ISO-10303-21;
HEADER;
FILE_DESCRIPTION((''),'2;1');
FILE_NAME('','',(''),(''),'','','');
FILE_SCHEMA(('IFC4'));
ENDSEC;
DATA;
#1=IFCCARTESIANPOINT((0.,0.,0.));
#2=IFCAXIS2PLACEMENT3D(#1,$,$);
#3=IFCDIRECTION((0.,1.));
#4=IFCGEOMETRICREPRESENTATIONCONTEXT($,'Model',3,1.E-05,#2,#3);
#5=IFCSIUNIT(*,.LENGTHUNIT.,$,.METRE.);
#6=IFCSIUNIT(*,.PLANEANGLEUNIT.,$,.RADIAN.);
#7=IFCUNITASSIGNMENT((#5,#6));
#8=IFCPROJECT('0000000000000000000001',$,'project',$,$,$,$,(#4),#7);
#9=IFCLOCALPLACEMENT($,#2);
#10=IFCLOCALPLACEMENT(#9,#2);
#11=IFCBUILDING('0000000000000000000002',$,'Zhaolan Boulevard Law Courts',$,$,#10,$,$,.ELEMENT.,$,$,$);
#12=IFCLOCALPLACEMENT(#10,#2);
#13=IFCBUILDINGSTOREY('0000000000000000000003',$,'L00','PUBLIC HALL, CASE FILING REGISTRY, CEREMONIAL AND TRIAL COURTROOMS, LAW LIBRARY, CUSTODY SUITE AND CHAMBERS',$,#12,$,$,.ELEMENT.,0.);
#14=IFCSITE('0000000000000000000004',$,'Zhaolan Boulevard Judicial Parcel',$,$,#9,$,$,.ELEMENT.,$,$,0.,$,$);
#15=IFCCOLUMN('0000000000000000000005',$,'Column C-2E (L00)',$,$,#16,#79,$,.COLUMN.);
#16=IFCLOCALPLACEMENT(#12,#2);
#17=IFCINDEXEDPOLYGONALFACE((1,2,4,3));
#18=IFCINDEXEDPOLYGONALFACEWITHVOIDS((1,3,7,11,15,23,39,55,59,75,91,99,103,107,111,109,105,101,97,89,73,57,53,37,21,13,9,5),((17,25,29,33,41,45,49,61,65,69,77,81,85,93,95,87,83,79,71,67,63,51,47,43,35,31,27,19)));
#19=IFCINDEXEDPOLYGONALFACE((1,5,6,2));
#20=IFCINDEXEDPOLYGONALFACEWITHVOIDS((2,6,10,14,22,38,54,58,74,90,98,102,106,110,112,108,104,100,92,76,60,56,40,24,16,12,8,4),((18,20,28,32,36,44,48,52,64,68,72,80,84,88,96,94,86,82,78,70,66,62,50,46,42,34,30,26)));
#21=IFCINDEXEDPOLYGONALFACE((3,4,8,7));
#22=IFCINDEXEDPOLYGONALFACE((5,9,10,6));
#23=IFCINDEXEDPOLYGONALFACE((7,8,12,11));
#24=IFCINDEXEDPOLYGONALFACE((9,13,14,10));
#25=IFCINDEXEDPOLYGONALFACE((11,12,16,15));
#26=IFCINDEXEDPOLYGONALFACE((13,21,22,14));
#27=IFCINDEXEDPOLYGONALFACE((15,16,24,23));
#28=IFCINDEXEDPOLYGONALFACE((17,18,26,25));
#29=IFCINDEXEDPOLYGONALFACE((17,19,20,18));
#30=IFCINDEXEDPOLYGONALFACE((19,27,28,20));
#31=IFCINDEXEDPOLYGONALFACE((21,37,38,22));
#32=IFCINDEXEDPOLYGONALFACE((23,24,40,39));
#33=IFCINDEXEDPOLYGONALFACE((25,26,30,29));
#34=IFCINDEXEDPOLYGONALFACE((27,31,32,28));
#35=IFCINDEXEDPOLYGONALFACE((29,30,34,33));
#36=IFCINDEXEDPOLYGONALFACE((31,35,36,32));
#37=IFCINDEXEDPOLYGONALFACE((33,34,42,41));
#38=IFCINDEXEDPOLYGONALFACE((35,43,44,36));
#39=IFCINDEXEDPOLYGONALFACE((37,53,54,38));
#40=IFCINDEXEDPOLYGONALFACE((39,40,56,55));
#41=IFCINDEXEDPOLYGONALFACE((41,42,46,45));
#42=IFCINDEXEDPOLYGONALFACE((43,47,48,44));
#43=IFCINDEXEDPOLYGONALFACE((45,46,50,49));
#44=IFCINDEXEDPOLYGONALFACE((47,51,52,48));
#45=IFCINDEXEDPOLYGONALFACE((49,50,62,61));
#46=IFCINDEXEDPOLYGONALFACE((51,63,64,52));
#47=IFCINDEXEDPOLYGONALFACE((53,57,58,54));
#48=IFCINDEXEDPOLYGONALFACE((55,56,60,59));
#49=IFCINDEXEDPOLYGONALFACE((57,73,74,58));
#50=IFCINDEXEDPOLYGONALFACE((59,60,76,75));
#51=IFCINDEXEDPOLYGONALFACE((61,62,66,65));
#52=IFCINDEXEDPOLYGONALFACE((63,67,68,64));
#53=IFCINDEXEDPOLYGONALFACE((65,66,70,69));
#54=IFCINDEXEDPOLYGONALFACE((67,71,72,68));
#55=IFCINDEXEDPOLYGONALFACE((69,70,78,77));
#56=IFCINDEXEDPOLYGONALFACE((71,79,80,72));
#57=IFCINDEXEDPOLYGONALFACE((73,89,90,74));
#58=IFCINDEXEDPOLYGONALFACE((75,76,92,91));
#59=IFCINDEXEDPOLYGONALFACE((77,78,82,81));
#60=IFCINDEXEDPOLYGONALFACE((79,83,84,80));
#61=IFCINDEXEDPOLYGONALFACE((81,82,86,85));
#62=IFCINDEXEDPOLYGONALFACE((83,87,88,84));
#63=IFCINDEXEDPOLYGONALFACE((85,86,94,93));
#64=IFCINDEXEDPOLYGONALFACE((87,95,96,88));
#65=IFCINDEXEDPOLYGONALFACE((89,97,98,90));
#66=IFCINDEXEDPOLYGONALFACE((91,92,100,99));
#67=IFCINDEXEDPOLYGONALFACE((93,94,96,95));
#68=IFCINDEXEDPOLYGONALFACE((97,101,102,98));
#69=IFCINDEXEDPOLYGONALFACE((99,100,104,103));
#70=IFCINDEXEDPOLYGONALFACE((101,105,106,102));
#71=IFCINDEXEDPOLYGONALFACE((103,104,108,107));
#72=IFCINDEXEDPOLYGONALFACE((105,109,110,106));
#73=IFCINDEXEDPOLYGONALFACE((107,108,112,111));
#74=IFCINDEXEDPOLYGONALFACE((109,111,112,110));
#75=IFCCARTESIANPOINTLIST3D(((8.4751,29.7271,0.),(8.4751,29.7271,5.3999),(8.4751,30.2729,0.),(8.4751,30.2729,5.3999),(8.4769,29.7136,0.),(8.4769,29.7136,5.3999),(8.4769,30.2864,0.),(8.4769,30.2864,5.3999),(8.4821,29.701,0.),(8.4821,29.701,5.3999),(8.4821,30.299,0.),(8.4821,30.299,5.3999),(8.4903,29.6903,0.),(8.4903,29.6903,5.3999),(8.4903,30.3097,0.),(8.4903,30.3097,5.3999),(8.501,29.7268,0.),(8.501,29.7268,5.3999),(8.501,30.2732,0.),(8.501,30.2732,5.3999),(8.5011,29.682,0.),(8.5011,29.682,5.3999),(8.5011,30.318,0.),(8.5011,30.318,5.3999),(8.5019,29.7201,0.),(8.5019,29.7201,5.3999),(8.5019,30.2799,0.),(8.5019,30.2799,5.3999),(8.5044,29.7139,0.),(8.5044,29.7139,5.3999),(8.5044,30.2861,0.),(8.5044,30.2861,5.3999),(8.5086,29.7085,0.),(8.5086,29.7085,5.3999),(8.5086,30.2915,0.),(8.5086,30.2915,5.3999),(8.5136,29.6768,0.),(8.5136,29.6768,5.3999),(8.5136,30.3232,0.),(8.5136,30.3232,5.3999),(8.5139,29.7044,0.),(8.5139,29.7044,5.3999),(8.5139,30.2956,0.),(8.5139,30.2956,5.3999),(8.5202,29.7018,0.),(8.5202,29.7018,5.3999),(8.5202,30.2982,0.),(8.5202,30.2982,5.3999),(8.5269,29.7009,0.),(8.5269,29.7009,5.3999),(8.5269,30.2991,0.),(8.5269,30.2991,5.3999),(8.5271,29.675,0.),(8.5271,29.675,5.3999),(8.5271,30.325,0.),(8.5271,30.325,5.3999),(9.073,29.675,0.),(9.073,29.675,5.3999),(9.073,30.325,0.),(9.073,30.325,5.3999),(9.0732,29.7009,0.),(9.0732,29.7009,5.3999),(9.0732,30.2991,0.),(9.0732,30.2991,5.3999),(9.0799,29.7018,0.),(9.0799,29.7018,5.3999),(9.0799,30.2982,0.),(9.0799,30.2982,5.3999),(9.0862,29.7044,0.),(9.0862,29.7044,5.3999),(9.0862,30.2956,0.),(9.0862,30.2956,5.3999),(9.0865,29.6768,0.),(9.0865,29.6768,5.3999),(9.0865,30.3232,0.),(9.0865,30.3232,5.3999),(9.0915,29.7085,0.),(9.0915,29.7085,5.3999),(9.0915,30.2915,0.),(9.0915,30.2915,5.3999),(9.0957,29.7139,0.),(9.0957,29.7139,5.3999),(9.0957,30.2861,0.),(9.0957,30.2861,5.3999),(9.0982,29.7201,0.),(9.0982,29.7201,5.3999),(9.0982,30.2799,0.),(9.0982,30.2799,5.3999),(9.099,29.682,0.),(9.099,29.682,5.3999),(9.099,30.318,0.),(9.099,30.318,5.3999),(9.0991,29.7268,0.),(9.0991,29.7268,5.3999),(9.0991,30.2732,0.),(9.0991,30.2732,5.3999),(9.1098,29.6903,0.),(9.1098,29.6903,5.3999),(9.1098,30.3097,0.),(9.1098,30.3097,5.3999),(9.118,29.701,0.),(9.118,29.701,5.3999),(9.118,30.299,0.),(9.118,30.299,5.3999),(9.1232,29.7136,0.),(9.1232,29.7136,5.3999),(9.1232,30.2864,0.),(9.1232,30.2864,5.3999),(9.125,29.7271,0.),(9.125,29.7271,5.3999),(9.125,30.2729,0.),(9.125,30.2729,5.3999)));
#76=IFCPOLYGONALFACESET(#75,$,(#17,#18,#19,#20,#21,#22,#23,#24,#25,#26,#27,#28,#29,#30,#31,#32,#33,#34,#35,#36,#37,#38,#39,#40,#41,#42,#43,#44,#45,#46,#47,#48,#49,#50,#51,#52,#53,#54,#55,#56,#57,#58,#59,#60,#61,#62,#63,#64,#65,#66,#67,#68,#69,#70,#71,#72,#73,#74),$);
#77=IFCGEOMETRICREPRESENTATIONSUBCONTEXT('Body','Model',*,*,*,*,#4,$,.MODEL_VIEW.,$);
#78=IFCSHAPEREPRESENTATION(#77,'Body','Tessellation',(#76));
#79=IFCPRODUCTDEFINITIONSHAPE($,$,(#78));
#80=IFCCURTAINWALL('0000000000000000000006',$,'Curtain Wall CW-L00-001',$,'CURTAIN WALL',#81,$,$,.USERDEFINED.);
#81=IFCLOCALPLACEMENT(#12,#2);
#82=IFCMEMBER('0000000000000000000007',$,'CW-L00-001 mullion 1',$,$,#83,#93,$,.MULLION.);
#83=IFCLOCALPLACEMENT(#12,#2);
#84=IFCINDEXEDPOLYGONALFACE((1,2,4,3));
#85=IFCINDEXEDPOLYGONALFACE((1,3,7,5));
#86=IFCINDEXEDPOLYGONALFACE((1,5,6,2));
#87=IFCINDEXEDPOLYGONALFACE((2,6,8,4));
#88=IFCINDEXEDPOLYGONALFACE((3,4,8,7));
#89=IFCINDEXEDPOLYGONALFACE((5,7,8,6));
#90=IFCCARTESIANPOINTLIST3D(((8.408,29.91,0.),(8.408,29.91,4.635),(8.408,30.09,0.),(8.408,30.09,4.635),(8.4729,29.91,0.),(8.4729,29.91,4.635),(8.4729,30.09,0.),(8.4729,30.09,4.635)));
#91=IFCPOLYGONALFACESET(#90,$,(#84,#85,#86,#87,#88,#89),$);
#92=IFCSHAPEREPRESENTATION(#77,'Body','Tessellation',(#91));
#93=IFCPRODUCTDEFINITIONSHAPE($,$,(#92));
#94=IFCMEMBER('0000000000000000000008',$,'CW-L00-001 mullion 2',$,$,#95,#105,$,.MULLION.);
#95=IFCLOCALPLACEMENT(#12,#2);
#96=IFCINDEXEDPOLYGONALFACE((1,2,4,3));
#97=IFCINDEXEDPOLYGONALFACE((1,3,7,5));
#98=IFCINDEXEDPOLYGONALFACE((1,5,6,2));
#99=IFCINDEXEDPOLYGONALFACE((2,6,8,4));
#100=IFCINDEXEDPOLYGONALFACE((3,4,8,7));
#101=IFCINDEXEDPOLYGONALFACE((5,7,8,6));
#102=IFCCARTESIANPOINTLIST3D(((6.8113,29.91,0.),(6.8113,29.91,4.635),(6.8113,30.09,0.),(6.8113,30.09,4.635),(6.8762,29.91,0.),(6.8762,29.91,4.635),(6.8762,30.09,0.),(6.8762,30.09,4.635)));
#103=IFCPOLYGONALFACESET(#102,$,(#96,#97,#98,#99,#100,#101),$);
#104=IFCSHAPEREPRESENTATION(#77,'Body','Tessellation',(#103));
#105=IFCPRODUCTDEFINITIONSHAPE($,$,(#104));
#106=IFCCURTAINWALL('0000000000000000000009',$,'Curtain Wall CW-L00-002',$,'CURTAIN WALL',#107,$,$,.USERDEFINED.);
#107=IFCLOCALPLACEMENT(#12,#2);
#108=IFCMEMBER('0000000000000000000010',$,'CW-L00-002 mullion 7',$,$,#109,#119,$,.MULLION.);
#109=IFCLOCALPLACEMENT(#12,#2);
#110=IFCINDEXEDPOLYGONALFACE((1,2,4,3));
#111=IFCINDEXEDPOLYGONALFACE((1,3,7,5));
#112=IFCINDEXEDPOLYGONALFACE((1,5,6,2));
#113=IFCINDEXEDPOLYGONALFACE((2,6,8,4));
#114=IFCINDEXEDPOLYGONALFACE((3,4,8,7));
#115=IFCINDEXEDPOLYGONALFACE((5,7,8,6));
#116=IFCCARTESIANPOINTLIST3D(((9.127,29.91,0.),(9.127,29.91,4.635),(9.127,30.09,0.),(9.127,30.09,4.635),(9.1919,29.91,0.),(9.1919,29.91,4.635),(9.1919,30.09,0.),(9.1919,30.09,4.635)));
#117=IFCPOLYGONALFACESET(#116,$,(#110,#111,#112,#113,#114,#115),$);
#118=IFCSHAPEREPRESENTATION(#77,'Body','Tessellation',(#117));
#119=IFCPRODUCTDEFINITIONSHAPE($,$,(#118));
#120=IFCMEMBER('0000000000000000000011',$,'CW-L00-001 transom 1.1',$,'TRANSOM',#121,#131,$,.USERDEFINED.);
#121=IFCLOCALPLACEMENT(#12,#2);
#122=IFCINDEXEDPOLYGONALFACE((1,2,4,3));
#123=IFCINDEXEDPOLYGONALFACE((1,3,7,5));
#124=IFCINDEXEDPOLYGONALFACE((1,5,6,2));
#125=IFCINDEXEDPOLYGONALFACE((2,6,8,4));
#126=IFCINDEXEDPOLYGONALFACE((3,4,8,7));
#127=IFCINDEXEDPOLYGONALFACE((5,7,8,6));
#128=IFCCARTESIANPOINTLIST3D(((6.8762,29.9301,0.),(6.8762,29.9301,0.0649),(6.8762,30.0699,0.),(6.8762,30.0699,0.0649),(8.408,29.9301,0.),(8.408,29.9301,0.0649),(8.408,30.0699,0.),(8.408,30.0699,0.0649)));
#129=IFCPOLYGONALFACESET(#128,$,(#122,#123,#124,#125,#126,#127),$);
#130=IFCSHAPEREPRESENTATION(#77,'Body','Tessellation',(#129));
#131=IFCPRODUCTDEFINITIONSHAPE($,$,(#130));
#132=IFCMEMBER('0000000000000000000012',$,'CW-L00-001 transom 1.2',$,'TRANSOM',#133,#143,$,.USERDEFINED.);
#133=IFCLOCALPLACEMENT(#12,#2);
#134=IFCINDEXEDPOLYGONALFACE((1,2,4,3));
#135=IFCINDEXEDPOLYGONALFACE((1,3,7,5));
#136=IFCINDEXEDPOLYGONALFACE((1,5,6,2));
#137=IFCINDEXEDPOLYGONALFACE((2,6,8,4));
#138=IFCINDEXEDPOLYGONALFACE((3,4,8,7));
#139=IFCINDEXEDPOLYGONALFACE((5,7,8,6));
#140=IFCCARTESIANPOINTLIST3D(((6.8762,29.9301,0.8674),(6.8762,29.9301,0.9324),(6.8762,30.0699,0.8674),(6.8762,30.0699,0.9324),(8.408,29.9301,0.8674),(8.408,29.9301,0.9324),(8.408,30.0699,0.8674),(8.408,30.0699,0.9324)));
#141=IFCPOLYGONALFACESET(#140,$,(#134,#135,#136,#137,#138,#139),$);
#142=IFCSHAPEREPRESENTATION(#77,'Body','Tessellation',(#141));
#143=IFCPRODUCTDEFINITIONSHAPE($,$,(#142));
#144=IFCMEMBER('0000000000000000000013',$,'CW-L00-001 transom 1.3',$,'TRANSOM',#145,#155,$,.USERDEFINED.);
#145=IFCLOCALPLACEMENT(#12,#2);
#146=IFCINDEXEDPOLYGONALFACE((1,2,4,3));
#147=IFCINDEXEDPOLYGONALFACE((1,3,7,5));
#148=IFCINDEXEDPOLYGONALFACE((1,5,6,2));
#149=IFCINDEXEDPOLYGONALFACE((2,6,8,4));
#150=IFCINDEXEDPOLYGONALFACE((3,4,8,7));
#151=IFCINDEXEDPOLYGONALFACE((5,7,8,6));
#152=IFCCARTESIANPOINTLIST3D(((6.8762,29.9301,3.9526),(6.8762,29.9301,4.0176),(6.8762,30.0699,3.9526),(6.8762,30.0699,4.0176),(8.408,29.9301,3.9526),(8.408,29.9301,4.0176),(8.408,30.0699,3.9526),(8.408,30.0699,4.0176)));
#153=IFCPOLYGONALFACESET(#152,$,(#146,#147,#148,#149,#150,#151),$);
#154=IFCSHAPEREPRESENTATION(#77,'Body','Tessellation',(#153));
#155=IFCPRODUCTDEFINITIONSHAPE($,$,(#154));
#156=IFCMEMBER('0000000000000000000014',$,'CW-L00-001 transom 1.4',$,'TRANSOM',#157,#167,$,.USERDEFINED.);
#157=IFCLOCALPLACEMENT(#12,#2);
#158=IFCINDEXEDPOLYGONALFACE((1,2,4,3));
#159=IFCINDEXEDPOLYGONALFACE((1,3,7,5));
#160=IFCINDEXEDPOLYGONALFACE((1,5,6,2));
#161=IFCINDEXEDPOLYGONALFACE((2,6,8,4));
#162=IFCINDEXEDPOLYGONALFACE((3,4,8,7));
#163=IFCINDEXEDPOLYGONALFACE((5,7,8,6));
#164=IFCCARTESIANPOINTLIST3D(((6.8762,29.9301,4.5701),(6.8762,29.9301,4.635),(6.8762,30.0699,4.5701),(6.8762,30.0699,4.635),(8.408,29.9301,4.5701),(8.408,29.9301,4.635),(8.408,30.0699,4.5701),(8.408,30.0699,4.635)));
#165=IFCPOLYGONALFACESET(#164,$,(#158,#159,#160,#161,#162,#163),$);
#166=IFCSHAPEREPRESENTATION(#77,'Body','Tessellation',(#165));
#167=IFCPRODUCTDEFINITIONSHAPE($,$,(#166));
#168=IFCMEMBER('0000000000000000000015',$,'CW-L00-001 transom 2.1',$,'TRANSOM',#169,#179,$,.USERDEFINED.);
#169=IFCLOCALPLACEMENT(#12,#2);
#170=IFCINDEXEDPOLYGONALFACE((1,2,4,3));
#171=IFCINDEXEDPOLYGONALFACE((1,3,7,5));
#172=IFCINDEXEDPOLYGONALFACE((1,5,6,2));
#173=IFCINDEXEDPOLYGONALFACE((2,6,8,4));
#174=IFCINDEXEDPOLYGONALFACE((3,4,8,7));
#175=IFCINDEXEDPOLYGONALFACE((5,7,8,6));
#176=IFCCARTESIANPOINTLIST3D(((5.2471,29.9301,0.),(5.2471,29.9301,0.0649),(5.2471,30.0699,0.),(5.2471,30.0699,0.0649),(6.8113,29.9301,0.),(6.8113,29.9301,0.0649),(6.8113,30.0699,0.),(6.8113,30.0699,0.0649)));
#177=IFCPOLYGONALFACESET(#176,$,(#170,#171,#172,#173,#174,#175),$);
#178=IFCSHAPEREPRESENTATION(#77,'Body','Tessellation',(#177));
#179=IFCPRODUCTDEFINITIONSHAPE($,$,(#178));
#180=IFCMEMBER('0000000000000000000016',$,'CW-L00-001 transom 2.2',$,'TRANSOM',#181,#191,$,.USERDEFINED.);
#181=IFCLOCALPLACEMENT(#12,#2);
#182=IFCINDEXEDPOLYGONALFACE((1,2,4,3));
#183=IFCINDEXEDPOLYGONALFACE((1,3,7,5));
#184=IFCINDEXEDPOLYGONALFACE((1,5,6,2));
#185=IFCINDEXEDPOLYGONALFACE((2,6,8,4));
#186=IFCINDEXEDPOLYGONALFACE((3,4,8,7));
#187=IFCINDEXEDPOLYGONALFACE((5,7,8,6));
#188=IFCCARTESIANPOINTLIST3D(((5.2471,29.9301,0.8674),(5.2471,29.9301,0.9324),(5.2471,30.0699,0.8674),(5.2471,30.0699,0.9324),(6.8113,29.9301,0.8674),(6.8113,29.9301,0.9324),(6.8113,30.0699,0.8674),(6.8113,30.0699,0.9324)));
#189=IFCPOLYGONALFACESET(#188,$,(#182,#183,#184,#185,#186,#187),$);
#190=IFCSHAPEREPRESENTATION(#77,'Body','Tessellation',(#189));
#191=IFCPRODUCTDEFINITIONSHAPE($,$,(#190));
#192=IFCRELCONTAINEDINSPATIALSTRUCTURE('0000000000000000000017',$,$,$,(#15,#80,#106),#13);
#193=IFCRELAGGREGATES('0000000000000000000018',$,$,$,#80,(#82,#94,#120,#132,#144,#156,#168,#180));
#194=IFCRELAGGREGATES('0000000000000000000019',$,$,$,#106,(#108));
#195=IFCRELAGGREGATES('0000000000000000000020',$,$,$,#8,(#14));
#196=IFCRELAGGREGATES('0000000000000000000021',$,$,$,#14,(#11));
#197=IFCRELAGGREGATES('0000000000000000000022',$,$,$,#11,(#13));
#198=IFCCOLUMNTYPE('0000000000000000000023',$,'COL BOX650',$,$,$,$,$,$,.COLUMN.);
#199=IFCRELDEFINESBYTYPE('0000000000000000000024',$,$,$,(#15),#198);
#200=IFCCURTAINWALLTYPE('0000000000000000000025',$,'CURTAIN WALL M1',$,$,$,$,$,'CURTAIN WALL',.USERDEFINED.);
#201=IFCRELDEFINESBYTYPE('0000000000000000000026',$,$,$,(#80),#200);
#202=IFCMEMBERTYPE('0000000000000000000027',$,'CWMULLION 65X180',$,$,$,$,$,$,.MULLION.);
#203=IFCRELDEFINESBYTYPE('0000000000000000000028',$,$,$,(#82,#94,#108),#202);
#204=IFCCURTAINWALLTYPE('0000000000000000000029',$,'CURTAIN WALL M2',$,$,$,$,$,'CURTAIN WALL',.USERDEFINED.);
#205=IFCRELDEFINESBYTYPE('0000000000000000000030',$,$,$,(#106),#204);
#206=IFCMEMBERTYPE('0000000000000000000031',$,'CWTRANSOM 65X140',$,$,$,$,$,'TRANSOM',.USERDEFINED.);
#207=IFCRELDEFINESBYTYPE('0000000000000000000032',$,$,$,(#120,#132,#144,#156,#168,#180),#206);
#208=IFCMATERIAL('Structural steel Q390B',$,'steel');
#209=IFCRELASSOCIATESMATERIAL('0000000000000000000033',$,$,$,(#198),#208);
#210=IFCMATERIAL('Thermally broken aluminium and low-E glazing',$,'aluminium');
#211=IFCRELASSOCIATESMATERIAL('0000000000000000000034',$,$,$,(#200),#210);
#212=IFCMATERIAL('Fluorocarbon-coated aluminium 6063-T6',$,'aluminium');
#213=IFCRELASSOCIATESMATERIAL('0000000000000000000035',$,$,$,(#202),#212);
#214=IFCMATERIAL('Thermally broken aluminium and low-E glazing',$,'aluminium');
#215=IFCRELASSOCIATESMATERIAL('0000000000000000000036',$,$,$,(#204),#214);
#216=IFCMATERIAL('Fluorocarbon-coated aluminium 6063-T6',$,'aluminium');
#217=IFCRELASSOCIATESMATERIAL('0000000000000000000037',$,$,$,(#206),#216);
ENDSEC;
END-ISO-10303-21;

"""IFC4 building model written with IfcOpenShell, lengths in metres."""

from ifc_helpers import new_model, si_unit, direction, frame, origin, origin_2d, place, context, subcontext, project, spatial, rectangle, hollow_rectangle, extrude, material, material_profile, profile_set, type_object, element, aggregate, save


model = new_model("IFC4")

# Units and contexts
model_context = context("Model", 3, precision=1e-05, world=origin(), true_north=direction((0.0, 1.0)))
body_context = subcontext(model_context, "Body", "Model", "MODEL_VIEW")
ifc_project = project(units=[si_unit("LENGTHUNIT", "METRE"), si_unit("PLANEANGLEUNIT", "RADIAN")], contexts=[model_context])

# Site, building, storey
site_placement = place(None, origin())
site = spatial("IfcSite", under=ifc_project, at=site_placement, Name="Zhaolan Boulevard Judicial Parcel", CompositionType="ELEMENT", RefElevation=0.0)
building_placement = place(site_placement, origin())
building = spatial("IfcBuilding", under=site, at=building_placement, Name="Zhaolan Boulevard Law Courts", CompositionType="ELEMENT")
storey_placement = place(building_placement, origin())
storey = spatial("IfcBuildingStorey", under=building, at=storey_placement, Name="L00", Description="PUBLIC HALL, CASE FILING REGISTRY, CEREMONIAL AND TRIAL COURTROOMS, LAW LIBRARY, CUSTODY SUITE AND CHAMBERS", CompositionType="ELEMENT", Elevation=0.0)

# Column
ifc_material_1 = material(Name="Structural steel Q390B", Category="steel")
ifc_material_profile_1 = material_profile(ifc_material_1, hollow_rectangle(XDim=0.6499, YDim=0.6499, WallThickness=0.0259, InnerFilletRadius=0.0259, OuterFilletRadius=0.052, at=origin_2d()), Name="BOX650x650x26")
ifc_profile_set_1 = profile_set([ifc_material_profile_1], Name="Structural steel Q390B")
column_type = type_object("IfcColumnType", Name="COL BOX650", PredefinedType="COLUMN", material=ifc_profile_set_1)
column_placement = place(storey_placement, frame((8.8, 30.0, 0.0), z_axis=(0.0, 0.0, 1.0), x_axis=(1.0, 0.0, 0.0)))
element("IfcColumn", 1, at=column_placement, inside=storey, type_object=column_type, Name="Column C-2E (L00)", PredefinedType="COLUMN", context=body_context, shape_type="SweptSolid", body=[
    extrude(hollow_rectangle(XDim=0.6499, YDim=0.6499, WallThickness=0.0259, InnerFilletRadius=0.0259, OuterFilletRadius=0.052, at=origin_2d()), origin(), (0.0, 0.0, 1.0), 5.3999),
])

# Curtain wall, members
ifc_material_2 = material(Name="Thermally broken aluminium and low-E glazing", Category="aluminium")
curtain_wall_type_1 = type_object("IfcCurtainWallType", Name="CURTAIN WALL M1", ElementType="CURTAIN WALL", PredefinedType="USERDEFINED", material=ifc_material_2)
curtain_wall_1_placement = place(storey_placement, origin())
curtain_wall_1 = element("IfcCurtainWall", 2, at=curtain_wall_1_placement, inside=storey, type_object=curtain_wall_type_1, Name="Curtain Wall CW-L00-001", ObjectType="CURTAIN WALL", PredefinedType="USERDEFINED")
ifc_material_3 = material(Name="Fluorocarbon-coated aluminium 6063-T6", Category="aluminium")
ifc_material_profile_2 = material_profile(ifc_material_3, rectangle(XDim=0.1799, YDim=0.0649, at=origin_2d()), Name="AL65x180")
ifc_profile_set_2 = profile_set([ifc_material_profile_2], Name="Fluorocarbon-coated aluminium 6063-T6")
member_type_1 = type_object("IfcMemberType", Name="CWMULLION 65X180", PredefinedType="MULLION", material=ifc_profile_set_2)
member_1_placement = place(storey_placement, frame((8.4404, 30.0, 0.0), z_axis=(0.0, 0.0, 1.0), x_axis=(0.0, -1.0, 0.0)))
member_1 = element("IfcMember", 3, at=member_1_placement, type_object=member_type_1, Name="CW-L00-001 mullion 1", PredefinedType="MULLION", context=body_context, shape_type="SweptSolid", body=[
    extrude(rectangle(XDim=0.1799, YDim=0.0649, at=origin_2d()), origin(), (0.0, 0.0, 1.0), 4.635),
])
member_2_placement = place(storey_placement, frame((6.8438, 30.0, 0.0), z_axis=(0.0, 0.0, 1.0), x_axis=(0.0, -1.0, 0.0)))
member_2 = element("IfcMember", 4, at=member_2_placement, type_object=member_type_1, Name="CW-L00-001 mullion 2", PredefinedType="MULLION", context=body_context, shape_type="SweptSolid", body=[
    extrude(rectangle(XDim=0.1799, YDim=0.0649, at=origin_2d()), origin(), (0.0, 0.0, 1.0), 4.635),
])

# Curtain wall, member
ifc_material_4 = material(Name="Thermally broken aluminium and low-E glazing", Category="aluminium")
curtain_wall_type_2 = type_object("IfcCurtainWallType", Name="CURTAIN WALL M2", ElementType="CURTAIN WALL", PredefinedType="USERDEFINED", material=ifc_material_4)
curtain_wall_2_placement = place(storey_placement, origin())
curtain_wall_2 = element("IfcCurtainWall", 5, at=curtain_wall_2_placement, inside=storey, type_object=curtain_wall_type_2, Name="Curtain Wall CW-L00-002", ObjectType="CURTAIN WALL", PredefinedType="USERDEFINED")
member_3_placement = place(storey_placement, frame((9.1594, 30.0, 0.0), z_axis=(0.0, 0.0, 1.0), x_axis=(0.0, -1.0, 0.0)))
member_3 = element("IfcMember", 6, at=member_3_placement, type_object=member_type_1, Name="CW-L00-002 mullion 7", PredefinedType="MULLION", context=body_context, shape_type="SweptSolid", body=[
    extrude(rectangle(XDim=0.1799, YDim=0.0649, at=origin_2d()), origin(), (0.0, 0.0, 1.0), 4.635),
])

# Members
ifc_material_5 = material(Name="Fluorocarbon-coated aluminium 6063-T6", Category="aluminium")
ifc_material_profile_3 = material_profile(ifc_material_5, rectangle(XDim=0.1399, YDim=0.0649, at=origin_2d()), Name="AL65x140")
ifc_profile_set_3 = profile_set([ifc_material_profile_3], Name="Fluorocarbon-coated aluminium 6063-T6")
member_type_2 = type_object("IfcMemberType", Name="CWTRANSOM 65X140", ElementType="TRANSOM", PredefinedType="USERDEFINED", material=ifc_profile_set_3)
member_4_placement = place(storey_placement, frame((8.408, 30.0, 0.0325), z_axis=(-1.0, 0.0, 0.0), x_axis=(0.0, -1.0, 0.0)))
member_4 = element("IfcMember", 7, at=member_4_placement, type_object=member_type_2, Name="CW-L00-001 transom 1.1", ObjectType="TRANSOM", PredefinedType="USERDEFINED", context=body_context, shape_type="SweptSolid", body=[
    extrude(rectangle(XDim=0.1399, YDim=0.0649, at=origin_2d()), origin(), (0.0, 0.0, 1.0), 1.5317),
])
member_5_placement = place(storey_placement, frame((8.408, 30.0, 0.8999), z_axis=(-1.0, 0.0, 0.0), x_axis=(0.0, -1.0, 0.0)))
member_5 = element("IfcMember", 8, at=member_5_placement, type_object=member_type_2, Name="CW-L00-001 transom 1.2", ObjectType="TRANSOM", PredefinedType="USERDEFINED", context=body_context, shape_type="SweptSolid", body=[
    extrude(rectangle(XDim=0.1399, YDim=0.0649, at=origin_2d()), origin(), (0.0, 0.0, 1.0), 1.5317),
])
member_6_placement = place(storey_placement, frame((8.408, 30.0, 3.9851), z_axis=(-1.0, 0.0, 0.0), x_axis=(0.0, -1.0, 0.0)))
member_6 = element("IfcMember", 9, at=member_6_placement, type_object=member_type_2, Name="CW-L00-001 transom 1.3", ObjectType="TRANSOM", PredefinedType="USERDEFINED", context=body_context, shape_type="SweptSolid", body=[
    extrude(rectangle(XDim=0.1399, YDim=0.0649, at=origin_2d()), origin(), (0.0, 0.0, 1.0), 1.5317),
])
member_7_placement = place(storey_placement, frame((8.408, 30.0, 4.6025), z_axis=(-1.0, 0.0, 0.0), x_axis=(0.0, -1.0, 0.0)))
member_7 = element("IfcMember", 10, at=member_7_placement, type_object=member_type_2, Name="CW-L00-001 transom 1.4", ObjectType="TRANSOM", PredefinedType="USERDEFINED", context=body_context, shape_type="SweptSolid", body=[
    extrude(rectangle(XDim=0.1399, YDim=0.0649, at=origin_2d()), origin(), (0.0, 0.0, 1.0), 1.5317),
])
member_8_placement = place(storey_placement, frame((6.8113, 30.0, 0.0325), z_axis=(-1.0, 0.0, 0.0), x_axis=(0.0, -1.0, 0.0)))
member_8 = element("IfcMember", 11, at=member_8_placement, type_object=member_type_2, Name="CW-L00-001 transom 2.1", ObjectType="TRANSOM", PredefinedType="USERDEFINED", context=body_context, shape_type="SweptSolid", body=[
    extrude(rectangle(XDim=0.1399, YDim=0.0649, at=origin_2d()), origin(), (0.0, 0.0, 1.0), 1.5642),
])
member_9_placement = place(storey_placement, frame((6.8113, 30.0, 0.8999), z_axis=(-1.0, 0.0, 0.0), x_axis=(0.0, -1.0, 0.0)))
member_9 = element("IfcMember", 12, at=member_9_placement, type_object=member_type_2, Name="CW-L00-001 transom 2.2", ObjectType="TRANSOM", PredefinedType="USERDEFINED", context=body_context, shape_type="SweptSolid", body=[
    extrude(rectangle(XDim=0.1399, YDim=0.0649, at=origin_2d()), origin(), (0.0, 0.0, 1.0), 1.5642),
])

aggregate(curtain_wall_1, [member_1, member_2, member_4, member_5, member_6, member_7, member_8, member_9])
aggregate(curtain_wall_2, [member_3])

save(model, "model.ifc")
